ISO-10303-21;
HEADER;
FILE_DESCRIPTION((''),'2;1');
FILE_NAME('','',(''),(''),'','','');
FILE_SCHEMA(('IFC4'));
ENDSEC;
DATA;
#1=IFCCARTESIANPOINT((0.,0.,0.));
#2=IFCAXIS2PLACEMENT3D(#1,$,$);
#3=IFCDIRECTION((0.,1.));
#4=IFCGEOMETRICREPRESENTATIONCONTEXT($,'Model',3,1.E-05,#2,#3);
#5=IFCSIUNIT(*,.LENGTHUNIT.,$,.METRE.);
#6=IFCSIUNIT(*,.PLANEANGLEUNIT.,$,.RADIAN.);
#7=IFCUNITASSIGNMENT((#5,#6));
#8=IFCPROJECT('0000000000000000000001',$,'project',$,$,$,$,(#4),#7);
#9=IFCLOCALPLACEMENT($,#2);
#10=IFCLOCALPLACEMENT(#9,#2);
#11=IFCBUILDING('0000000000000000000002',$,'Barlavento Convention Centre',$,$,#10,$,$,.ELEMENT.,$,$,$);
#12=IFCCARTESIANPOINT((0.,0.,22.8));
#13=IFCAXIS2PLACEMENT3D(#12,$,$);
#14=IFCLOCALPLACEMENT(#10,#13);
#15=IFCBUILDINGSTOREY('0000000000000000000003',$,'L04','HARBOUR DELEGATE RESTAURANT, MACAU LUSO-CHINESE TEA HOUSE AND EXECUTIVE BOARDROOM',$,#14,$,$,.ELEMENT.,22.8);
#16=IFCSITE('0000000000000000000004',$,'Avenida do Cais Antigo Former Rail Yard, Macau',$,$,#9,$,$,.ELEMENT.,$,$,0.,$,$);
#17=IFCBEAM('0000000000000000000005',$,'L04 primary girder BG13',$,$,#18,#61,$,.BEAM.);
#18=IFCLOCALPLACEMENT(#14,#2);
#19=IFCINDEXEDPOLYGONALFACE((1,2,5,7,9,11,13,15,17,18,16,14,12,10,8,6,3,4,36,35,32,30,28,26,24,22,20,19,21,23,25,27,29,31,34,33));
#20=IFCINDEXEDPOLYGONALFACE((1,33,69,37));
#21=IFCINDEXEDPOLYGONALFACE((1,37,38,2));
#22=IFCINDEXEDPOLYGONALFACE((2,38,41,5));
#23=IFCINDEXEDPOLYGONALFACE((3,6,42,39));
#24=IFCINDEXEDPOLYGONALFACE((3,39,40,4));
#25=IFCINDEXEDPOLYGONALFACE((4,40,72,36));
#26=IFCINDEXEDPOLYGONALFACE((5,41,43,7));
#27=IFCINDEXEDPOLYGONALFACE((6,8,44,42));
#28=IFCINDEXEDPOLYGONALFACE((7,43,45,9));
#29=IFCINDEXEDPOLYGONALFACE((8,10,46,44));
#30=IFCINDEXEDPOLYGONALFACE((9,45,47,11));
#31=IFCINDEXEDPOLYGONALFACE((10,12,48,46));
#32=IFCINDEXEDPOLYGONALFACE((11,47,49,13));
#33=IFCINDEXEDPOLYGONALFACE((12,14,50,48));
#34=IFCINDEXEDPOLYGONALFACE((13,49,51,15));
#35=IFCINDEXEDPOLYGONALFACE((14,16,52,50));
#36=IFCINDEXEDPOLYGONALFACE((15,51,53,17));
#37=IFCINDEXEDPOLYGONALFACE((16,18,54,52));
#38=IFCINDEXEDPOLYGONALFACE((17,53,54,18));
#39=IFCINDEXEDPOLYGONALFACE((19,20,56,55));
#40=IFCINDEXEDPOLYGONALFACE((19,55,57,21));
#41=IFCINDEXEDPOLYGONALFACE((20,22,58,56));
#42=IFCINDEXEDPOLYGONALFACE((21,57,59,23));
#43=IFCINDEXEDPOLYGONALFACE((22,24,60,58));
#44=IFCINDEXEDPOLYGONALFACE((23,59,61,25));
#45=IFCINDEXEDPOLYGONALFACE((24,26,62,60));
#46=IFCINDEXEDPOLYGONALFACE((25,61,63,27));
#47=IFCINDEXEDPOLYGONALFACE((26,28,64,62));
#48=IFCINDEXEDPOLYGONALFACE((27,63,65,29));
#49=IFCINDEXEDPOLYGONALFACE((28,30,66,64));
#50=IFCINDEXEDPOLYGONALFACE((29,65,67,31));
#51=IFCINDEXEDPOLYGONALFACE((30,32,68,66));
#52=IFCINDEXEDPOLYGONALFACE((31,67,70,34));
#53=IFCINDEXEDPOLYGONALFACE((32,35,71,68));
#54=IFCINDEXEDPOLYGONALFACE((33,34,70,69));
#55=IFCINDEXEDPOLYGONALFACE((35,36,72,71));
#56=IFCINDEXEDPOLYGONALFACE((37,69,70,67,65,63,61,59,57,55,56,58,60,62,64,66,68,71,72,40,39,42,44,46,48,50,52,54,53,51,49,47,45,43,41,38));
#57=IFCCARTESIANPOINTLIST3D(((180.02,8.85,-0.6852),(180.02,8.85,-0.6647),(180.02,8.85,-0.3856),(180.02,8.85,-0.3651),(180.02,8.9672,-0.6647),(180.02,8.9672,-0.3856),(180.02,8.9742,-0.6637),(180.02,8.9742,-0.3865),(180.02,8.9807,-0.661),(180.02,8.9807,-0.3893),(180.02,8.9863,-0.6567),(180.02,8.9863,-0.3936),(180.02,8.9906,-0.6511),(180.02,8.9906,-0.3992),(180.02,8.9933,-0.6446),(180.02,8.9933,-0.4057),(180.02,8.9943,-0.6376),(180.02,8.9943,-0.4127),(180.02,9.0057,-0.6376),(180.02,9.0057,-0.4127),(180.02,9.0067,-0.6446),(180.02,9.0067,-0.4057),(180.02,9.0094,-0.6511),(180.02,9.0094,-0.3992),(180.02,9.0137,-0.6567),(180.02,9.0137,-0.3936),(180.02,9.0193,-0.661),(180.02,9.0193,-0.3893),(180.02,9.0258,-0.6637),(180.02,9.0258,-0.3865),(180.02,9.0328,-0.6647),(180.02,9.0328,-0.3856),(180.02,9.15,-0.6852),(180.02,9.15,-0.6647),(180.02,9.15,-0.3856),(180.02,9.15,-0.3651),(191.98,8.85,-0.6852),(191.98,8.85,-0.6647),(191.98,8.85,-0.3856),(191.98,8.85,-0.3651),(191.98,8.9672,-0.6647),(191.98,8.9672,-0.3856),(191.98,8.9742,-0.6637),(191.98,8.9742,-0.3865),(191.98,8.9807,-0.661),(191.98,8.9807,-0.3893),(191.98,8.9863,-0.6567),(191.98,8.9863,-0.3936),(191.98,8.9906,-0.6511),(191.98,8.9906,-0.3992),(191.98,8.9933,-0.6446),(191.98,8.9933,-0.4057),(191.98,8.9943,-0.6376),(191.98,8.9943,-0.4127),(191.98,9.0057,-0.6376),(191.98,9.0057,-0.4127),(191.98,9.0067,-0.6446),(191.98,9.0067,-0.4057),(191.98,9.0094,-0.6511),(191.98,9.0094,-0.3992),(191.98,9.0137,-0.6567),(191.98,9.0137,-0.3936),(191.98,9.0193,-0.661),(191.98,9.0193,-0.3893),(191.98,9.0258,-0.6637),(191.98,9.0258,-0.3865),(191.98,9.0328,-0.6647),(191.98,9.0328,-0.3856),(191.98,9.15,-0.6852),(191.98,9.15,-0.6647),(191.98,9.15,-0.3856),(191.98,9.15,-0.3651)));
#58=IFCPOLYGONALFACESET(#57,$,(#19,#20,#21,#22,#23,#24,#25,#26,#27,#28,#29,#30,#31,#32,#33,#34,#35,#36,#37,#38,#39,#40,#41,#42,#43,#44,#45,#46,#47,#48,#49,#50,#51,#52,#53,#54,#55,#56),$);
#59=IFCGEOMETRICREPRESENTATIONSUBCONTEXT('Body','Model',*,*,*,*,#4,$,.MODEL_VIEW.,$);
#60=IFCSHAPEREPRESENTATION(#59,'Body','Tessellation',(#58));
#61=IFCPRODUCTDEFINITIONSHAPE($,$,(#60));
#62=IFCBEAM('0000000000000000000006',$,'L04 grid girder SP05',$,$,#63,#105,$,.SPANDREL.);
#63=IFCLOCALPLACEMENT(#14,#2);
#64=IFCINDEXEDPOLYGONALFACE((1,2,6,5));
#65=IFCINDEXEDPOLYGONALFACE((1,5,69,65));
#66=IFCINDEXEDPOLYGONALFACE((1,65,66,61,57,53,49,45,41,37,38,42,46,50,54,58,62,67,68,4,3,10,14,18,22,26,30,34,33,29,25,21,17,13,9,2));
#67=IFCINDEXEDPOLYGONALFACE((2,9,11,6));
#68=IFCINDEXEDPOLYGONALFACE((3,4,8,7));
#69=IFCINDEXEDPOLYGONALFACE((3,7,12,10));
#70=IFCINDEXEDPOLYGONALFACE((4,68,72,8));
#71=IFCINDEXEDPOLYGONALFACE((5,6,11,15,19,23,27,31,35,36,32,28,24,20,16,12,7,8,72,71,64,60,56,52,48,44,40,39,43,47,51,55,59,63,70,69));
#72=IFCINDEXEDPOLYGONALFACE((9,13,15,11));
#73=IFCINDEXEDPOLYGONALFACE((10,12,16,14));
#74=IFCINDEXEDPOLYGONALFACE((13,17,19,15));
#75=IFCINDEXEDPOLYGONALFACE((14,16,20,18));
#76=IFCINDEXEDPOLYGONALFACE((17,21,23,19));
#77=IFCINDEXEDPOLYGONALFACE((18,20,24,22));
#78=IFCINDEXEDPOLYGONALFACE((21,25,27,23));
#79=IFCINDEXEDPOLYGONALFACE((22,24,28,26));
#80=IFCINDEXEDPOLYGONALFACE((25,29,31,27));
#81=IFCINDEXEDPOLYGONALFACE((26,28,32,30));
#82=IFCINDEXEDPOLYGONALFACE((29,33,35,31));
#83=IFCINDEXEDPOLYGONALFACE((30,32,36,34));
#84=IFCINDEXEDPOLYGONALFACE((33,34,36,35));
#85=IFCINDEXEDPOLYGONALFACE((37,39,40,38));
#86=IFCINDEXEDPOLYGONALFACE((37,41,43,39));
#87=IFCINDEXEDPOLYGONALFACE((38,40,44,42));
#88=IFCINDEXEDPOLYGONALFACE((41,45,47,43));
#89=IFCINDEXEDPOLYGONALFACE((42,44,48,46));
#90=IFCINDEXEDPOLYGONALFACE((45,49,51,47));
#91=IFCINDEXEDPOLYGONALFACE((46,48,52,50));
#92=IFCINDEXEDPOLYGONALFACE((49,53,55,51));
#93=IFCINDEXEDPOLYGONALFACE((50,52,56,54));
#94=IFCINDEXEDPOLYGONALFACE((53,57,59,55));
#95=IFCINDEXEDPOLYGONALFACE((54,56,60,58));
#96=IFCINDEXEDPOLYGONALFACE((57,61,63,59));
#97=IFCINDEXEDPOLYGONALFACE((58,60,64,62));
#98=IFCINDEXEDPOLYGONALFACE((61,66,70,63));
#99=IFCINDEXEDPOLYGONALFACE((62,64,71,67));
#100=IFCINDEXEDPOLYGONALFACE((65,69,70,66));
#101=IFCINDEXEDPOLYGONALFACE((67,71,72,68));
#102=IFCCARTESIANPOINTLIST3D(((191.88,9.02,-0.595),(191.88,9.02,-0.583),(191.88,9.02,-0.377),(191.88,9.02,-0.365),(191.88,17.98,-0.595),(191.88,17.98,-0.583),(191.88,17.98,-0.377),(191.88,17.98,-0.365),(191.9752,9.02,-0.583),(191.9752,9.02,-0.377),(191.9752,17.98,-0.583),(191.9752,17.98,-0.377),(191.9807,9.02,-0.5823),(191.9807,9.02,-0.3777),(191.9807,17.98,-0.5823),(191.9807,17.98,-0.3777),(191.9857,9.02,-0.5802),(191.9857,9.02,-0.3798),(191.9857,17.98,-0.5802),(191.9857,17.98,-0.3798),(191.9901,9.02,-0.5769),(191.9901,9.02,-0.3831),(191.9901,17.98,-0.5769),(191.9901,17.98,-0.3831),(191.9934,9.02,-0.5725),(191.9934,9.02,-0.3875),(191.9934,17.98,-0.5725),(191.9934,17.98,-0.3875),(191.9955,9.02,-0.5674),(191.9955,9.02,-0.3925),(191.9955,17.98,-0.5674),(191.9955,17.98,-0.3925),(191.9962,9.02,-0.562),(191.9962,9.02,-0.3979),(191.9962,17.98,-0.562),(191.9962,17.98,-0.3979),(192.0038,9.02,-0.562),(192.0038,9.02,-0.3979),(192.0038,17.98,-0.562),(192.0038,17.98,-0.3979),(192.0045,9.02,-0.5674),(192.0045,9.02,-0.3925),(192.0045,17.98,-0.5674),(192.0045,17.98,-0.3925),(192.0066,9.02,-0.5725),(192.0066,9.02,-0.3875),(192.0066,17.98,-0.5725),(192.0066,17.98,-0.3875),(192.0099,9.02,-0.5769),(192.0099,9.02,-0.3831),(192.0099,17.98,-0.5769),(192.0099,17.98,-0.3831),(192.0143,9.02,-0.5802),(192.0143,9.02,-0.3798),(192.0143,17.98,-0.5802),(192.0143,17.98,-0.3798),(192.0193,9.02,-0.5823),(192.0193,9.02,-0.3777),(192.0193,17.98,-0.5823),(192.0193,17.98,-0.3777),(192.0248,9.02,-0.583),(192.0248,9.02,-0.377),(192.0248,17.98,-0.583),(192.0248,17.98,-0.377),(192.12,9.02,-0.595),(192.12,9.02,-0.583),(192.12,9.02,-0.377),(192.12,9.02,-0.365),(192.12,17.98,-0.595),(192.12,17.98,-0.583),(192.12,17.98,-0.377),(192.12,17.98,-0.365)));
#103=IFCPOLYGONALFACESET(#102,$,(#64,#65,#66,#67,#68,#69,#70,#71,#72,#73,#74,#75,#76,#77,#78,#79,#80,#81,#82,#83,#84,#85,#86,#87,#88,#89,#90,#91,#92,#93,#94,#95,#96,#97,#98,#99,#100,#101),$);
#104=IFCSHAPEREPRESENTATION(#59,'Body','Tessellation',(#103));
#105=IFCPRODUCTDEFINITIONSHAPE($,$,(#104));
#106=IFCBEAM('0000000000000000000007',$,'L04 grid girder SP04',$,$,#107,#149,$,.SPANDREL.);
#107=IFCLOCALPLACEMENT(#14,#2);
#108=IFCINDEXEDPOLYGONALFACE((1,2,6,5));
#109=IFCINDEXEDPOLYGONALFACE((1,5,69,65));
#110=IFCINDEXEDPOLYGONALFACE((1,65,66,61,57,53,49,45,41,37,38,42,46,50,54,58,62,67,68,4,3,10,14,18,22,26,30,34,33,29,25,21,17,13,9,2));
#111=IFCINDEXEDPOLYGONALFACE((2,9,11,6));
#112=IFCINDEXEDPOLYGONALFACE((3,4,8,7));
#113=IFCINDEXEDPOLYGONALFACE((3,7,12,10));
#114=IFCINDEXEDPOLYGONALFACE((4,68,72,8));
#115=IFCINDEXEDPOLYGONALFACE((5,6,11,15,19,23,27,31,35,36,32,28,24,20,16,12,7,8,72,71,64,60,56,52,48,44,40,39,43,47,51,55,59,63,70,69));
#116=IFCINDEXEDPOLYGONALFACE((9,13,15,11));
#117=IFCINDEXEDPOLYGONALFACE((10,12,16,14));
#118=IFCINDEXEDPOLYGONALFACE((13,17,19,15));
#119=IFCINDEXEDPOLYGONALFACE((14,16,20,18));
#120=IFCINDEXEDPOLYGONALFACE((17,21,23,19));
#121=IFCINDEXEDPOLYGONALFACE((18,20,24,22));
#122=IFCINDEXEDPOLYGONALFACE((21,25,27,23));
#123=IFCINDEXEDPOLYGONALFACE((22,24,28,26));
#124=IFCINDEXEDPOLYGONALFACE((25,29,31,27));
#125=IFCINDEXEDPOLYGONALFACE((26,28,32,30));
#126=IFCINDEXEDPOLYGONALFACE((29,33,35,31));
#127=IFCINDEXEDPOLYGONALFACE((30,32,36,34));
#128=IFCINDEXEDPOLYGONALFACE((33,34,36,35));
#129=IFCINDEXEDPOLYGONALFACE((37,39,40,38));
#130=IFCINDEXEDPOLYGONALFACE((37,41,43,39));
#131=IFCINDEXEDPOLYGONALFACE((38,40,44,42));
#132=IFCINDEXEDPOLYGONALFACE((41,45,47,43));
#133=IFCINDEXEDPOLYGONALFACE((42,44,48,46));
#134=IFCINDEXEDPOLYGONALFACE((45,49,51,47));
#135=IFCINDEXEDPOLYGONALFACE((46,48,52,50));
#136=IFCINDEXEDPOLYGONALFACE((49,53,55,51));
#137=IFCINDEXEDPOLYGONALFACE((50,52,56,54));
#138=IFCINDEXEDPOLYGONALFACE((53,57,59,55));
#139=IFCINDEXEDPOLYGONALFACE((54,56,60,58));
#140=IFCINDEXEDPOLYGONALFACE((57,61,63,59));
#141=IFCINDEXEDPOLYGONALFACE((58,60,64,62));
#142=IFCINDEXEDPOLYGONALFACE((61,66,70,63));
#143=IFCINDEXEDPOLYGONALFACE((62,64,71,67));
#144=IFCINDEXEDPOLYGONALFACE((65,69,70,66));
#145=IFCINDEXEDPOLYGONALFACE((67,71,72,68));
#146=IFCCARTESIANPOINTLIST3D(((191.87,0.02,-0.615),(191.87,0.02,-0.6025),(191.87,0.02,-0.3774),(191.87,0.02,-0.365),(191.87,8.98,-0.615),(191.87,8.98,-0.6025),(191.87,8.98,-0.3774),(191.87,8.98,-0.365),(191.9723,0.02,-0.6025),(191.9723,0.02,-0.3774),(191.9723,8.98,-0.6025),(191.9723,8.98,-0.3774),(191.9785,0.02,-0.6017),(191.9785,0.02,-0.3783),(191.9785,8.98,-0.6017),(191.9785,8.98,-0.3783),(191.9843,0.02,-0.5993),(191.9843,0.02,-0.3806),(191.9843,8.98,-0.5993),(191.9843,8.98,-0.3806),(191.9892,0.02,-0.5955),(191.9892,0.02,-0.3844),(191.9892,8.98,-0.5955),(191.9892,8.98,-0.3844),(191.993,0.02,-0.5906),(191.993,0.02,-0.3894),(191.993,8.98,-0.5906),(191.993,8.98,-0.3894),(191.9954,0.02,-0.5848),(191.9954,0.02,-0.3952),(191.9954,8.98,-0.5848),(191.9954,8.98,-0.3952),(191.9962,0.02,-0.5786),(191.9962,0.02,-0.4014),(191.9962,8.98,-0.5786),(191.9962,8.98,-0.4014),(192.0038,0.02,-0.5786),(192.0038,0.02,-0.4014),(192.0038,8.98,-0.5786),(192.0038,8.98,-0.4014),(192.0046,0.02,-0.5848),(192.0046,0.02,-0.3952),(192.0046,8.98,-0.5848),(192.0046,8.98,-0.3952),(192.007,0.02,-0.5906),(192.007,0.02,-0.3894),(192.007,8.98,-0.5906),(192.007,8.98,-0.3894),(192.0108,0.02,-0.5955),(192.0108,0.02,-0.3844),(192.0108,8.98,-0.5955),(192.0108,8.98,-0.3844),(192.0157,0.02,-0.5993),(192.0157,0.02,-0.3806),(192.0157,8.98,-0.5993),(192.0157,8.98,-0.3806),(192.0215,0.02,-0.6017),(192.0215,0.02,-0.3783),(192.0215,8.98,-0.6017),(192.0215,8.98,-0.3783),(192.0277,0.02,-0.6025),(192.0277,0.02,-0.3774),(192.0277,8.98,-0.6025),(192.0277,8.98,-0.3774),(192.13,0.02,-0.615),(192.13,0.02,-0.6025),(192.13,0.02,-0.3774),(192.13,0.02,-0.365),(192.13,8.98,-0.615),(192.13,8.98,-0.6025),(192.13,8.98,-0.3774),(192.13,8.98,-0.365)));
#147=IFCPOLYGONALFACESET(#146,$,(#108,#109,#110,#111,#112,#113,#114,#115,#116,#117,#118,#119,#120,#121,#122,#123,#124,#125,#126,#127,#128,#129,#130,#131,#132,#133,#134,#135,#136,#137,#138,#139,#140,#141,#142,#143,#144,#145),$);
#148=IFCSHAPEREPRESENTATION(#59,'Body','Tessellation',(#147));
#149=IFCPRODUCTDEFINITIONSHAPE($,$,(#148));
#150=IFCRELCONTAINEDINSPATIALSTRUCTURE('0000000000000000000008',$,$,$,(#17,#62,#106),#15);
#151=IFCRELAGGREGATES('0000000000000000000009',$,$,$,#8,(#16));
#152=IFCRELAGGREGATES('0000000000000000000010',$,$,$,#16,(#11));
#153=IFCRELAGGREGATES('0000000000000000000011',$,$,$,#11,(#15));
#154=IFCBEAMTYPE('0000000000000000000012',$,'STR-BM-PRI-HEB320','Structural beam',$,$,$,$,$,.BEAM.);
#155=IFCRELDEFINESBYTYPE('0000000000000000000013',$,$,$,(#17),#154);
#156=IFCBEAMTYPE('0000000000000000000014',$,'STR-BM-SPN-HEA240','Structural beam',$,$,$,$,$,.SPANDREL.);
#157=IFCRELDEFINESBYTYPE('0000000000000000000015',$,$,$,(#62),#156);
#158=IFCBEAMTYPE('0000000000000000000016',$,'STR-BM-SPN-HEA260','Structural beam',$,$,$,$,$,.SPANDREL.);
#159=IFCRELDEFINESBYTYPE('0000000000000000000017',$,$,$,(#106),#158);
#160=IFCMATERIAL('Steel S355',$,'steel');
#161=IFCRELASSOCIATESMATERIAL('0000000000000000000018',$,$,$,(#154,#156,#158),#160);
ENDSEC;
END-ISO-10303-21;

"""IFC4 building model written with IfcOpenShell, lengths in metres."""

from ifc_helpers import new_model, si_unit, direction, frame, origin, origin_2d, place, context, subcontext, project, spatial, i_section, extrude, material, material_profile, profile_set, type_object, element, save


model = new_model("IFC4")

# Units and contexts
model_context = context("Model", 3, precision=1e-05, world=origin(), true_north=direction((0.0, 1.0)))
body_context = subcontext(model_context, "Body", "Model", "MODEL_VIEW")
ifc_project = project(units=[si_unit("LENGTHUNIT", "METRE"), si_unit("PLANEANGLEUNIT", "RADIAN")], contexts=[model_context])

# Site, building, storey
site_placement = place(None, origin())
site = spatial("IfcSite", under=ifc_project, at=site_placement, Name="Avenida do Cais Antigo Former Rail Yard, Macau", CompositionType="ELEMENT", RefElevation=0.0)
building_placement = place(site_placement, origin())
building = spatial("IfcBuilding", under=site, at=building_placement, Name="Barlavento Convention Centre", CompositionType="ELEMENT")
storey_placement = place(building_placement, frame((0.0, 0.0, 22.8)))
storey = spatial("IfcBuildingStorey", under=building, at=storey_placement, Name="L04", Description="HARBOUR DELEGATE RESTAURANT, MACAU LUSO-CHINESE TEA HOUSE AND EXECUTIVE BOARDROOM", CompositionType="ELEMENT", Elevation=22.8)

# Beams
ifc_material_1 = material(Name="Steel S355", Category="steel")
ifc_material_profile_1 = material_profile(ifc_material_1, i_section(OverallWidth=0.3, OverallDepth=0.3201, WebThickness=0.0115, FlangeThickness=0.0205, FilletRadius=0.0271, at=origin_2d()), Name="HEB 320")
ifc_profile_set_1 = profile_set([ifc_material_profile_1], Name="Steel S355")
beam_type_1 = type_object("IfcBeamType", Name="STR-BM-PRI-HEB320", Description="Structural beam", PredefinedType="BEAM", material=ifc_profile_set_1)
beam_1_placement = place(storey_placement, frame((180.02, 9.0, -0.5251), z_axis=(1.0, 0.0, 0.0), x_axis=(0.0, 1.0, 0.0)))
element("IfcBeam", 1, at=beam_1_placement, inside=storey, type_object=beam_type_1, Name="L04 primary girder BG13", PredefinedType="BEAM", context=body_context, shape_type="SweptSolid", body=[
    extrude(i_section(OverallWidth=0.3, OverallDepth=0.3201, WebThickness=0.0115, FlangeThickness=0.0205, FilletRadius=0.0271, at=origin_2d()), origin(), (0.0, 0.0, 1.0), 11.96),
])
ifc_material_profile_2 = material_profile(ifc_material_1, i_section(OverallWidth=0.24, OverallDepth=0.23, WebThickness=0.0076, FlangeThickness=0.012, FilletRadius=0.021, at=origin_2d()), Name="HEA 240")
ifc_profile_set_2 = profile_set([ifc_material_profile_2], Name="Steel S355")
beam_type_2 = type_object("IfcBeamType", Name="STR-BM-SPN-HEA240", Description="Structural beam", PredefinedType="SPANDREL", material=ifc_profile_set_2)
beam_2_placement = place(storey_placement, frame((192.0, 9.02, -0.48), z_axis=(0.0, 1.0, 0.0), x_axis=(-1.0, 0.0, 0.0)))
element("IfcBeam", 2, at=beam_2_placement, inside=storey, type_object=beam_type_2, Name="L04 grid girder SP05", PredefinedType="SPANDREL", context=body_context, shape_type="SweptSolid", body=[
    extrude(i_section(OverallWidth=0.24, OverallDepth=0.23, WebThickness=0.0076, FlangeThickness=0.012, FilletRadius=0.021, at=origin_2d()), origin(), (0.0, 0.0, 1.0), 8.96),
])
ifc_material_profile_3 = material_profile(ifc_material_1, i_section(OverallWidth=0.26, OverallDepth=0.25, WebThickness=0.0076, FlangeThickness=0.0125, FilletRadius=0.0239, at=origin_2d()), Name="HEA 260")
ifc_profile_set_3 = profile_set([ifc_material_profile_3], Name="Steel S355")
beam_type_3 = type_object("IfcBeamType", Name="STR-BM-SPN-HEA260", Description="Structural beam", PredefinedType="SPANDREL", material=ifc_profile_set_3)
beam_3_placement = place(storey_placement, frame((192.0, 0.02, -0.49), z_axis=(0.0, 1.0, 0.0), x_axis=(-1.0, 0.0, 0.0)))
element("IfcBeam", 3, at=beam_3_placement, inside=storey, type_object=beam_type_3, Name="L04 grid girder SP04", PredefinedType="SPANDREL", context=body_context, shape_type="SweptSolid", body=[
    extrude(i_section(OverallWidth=0.26, OverallDepth=0.25, WebThickness=0.0076, FlangeThickness=0.0125, FilletRadius=0.0239, at=origin_2d()), origin(), (0.0, 0.0, 1.0), 8.96),
])

save(model, "model.ifc")
